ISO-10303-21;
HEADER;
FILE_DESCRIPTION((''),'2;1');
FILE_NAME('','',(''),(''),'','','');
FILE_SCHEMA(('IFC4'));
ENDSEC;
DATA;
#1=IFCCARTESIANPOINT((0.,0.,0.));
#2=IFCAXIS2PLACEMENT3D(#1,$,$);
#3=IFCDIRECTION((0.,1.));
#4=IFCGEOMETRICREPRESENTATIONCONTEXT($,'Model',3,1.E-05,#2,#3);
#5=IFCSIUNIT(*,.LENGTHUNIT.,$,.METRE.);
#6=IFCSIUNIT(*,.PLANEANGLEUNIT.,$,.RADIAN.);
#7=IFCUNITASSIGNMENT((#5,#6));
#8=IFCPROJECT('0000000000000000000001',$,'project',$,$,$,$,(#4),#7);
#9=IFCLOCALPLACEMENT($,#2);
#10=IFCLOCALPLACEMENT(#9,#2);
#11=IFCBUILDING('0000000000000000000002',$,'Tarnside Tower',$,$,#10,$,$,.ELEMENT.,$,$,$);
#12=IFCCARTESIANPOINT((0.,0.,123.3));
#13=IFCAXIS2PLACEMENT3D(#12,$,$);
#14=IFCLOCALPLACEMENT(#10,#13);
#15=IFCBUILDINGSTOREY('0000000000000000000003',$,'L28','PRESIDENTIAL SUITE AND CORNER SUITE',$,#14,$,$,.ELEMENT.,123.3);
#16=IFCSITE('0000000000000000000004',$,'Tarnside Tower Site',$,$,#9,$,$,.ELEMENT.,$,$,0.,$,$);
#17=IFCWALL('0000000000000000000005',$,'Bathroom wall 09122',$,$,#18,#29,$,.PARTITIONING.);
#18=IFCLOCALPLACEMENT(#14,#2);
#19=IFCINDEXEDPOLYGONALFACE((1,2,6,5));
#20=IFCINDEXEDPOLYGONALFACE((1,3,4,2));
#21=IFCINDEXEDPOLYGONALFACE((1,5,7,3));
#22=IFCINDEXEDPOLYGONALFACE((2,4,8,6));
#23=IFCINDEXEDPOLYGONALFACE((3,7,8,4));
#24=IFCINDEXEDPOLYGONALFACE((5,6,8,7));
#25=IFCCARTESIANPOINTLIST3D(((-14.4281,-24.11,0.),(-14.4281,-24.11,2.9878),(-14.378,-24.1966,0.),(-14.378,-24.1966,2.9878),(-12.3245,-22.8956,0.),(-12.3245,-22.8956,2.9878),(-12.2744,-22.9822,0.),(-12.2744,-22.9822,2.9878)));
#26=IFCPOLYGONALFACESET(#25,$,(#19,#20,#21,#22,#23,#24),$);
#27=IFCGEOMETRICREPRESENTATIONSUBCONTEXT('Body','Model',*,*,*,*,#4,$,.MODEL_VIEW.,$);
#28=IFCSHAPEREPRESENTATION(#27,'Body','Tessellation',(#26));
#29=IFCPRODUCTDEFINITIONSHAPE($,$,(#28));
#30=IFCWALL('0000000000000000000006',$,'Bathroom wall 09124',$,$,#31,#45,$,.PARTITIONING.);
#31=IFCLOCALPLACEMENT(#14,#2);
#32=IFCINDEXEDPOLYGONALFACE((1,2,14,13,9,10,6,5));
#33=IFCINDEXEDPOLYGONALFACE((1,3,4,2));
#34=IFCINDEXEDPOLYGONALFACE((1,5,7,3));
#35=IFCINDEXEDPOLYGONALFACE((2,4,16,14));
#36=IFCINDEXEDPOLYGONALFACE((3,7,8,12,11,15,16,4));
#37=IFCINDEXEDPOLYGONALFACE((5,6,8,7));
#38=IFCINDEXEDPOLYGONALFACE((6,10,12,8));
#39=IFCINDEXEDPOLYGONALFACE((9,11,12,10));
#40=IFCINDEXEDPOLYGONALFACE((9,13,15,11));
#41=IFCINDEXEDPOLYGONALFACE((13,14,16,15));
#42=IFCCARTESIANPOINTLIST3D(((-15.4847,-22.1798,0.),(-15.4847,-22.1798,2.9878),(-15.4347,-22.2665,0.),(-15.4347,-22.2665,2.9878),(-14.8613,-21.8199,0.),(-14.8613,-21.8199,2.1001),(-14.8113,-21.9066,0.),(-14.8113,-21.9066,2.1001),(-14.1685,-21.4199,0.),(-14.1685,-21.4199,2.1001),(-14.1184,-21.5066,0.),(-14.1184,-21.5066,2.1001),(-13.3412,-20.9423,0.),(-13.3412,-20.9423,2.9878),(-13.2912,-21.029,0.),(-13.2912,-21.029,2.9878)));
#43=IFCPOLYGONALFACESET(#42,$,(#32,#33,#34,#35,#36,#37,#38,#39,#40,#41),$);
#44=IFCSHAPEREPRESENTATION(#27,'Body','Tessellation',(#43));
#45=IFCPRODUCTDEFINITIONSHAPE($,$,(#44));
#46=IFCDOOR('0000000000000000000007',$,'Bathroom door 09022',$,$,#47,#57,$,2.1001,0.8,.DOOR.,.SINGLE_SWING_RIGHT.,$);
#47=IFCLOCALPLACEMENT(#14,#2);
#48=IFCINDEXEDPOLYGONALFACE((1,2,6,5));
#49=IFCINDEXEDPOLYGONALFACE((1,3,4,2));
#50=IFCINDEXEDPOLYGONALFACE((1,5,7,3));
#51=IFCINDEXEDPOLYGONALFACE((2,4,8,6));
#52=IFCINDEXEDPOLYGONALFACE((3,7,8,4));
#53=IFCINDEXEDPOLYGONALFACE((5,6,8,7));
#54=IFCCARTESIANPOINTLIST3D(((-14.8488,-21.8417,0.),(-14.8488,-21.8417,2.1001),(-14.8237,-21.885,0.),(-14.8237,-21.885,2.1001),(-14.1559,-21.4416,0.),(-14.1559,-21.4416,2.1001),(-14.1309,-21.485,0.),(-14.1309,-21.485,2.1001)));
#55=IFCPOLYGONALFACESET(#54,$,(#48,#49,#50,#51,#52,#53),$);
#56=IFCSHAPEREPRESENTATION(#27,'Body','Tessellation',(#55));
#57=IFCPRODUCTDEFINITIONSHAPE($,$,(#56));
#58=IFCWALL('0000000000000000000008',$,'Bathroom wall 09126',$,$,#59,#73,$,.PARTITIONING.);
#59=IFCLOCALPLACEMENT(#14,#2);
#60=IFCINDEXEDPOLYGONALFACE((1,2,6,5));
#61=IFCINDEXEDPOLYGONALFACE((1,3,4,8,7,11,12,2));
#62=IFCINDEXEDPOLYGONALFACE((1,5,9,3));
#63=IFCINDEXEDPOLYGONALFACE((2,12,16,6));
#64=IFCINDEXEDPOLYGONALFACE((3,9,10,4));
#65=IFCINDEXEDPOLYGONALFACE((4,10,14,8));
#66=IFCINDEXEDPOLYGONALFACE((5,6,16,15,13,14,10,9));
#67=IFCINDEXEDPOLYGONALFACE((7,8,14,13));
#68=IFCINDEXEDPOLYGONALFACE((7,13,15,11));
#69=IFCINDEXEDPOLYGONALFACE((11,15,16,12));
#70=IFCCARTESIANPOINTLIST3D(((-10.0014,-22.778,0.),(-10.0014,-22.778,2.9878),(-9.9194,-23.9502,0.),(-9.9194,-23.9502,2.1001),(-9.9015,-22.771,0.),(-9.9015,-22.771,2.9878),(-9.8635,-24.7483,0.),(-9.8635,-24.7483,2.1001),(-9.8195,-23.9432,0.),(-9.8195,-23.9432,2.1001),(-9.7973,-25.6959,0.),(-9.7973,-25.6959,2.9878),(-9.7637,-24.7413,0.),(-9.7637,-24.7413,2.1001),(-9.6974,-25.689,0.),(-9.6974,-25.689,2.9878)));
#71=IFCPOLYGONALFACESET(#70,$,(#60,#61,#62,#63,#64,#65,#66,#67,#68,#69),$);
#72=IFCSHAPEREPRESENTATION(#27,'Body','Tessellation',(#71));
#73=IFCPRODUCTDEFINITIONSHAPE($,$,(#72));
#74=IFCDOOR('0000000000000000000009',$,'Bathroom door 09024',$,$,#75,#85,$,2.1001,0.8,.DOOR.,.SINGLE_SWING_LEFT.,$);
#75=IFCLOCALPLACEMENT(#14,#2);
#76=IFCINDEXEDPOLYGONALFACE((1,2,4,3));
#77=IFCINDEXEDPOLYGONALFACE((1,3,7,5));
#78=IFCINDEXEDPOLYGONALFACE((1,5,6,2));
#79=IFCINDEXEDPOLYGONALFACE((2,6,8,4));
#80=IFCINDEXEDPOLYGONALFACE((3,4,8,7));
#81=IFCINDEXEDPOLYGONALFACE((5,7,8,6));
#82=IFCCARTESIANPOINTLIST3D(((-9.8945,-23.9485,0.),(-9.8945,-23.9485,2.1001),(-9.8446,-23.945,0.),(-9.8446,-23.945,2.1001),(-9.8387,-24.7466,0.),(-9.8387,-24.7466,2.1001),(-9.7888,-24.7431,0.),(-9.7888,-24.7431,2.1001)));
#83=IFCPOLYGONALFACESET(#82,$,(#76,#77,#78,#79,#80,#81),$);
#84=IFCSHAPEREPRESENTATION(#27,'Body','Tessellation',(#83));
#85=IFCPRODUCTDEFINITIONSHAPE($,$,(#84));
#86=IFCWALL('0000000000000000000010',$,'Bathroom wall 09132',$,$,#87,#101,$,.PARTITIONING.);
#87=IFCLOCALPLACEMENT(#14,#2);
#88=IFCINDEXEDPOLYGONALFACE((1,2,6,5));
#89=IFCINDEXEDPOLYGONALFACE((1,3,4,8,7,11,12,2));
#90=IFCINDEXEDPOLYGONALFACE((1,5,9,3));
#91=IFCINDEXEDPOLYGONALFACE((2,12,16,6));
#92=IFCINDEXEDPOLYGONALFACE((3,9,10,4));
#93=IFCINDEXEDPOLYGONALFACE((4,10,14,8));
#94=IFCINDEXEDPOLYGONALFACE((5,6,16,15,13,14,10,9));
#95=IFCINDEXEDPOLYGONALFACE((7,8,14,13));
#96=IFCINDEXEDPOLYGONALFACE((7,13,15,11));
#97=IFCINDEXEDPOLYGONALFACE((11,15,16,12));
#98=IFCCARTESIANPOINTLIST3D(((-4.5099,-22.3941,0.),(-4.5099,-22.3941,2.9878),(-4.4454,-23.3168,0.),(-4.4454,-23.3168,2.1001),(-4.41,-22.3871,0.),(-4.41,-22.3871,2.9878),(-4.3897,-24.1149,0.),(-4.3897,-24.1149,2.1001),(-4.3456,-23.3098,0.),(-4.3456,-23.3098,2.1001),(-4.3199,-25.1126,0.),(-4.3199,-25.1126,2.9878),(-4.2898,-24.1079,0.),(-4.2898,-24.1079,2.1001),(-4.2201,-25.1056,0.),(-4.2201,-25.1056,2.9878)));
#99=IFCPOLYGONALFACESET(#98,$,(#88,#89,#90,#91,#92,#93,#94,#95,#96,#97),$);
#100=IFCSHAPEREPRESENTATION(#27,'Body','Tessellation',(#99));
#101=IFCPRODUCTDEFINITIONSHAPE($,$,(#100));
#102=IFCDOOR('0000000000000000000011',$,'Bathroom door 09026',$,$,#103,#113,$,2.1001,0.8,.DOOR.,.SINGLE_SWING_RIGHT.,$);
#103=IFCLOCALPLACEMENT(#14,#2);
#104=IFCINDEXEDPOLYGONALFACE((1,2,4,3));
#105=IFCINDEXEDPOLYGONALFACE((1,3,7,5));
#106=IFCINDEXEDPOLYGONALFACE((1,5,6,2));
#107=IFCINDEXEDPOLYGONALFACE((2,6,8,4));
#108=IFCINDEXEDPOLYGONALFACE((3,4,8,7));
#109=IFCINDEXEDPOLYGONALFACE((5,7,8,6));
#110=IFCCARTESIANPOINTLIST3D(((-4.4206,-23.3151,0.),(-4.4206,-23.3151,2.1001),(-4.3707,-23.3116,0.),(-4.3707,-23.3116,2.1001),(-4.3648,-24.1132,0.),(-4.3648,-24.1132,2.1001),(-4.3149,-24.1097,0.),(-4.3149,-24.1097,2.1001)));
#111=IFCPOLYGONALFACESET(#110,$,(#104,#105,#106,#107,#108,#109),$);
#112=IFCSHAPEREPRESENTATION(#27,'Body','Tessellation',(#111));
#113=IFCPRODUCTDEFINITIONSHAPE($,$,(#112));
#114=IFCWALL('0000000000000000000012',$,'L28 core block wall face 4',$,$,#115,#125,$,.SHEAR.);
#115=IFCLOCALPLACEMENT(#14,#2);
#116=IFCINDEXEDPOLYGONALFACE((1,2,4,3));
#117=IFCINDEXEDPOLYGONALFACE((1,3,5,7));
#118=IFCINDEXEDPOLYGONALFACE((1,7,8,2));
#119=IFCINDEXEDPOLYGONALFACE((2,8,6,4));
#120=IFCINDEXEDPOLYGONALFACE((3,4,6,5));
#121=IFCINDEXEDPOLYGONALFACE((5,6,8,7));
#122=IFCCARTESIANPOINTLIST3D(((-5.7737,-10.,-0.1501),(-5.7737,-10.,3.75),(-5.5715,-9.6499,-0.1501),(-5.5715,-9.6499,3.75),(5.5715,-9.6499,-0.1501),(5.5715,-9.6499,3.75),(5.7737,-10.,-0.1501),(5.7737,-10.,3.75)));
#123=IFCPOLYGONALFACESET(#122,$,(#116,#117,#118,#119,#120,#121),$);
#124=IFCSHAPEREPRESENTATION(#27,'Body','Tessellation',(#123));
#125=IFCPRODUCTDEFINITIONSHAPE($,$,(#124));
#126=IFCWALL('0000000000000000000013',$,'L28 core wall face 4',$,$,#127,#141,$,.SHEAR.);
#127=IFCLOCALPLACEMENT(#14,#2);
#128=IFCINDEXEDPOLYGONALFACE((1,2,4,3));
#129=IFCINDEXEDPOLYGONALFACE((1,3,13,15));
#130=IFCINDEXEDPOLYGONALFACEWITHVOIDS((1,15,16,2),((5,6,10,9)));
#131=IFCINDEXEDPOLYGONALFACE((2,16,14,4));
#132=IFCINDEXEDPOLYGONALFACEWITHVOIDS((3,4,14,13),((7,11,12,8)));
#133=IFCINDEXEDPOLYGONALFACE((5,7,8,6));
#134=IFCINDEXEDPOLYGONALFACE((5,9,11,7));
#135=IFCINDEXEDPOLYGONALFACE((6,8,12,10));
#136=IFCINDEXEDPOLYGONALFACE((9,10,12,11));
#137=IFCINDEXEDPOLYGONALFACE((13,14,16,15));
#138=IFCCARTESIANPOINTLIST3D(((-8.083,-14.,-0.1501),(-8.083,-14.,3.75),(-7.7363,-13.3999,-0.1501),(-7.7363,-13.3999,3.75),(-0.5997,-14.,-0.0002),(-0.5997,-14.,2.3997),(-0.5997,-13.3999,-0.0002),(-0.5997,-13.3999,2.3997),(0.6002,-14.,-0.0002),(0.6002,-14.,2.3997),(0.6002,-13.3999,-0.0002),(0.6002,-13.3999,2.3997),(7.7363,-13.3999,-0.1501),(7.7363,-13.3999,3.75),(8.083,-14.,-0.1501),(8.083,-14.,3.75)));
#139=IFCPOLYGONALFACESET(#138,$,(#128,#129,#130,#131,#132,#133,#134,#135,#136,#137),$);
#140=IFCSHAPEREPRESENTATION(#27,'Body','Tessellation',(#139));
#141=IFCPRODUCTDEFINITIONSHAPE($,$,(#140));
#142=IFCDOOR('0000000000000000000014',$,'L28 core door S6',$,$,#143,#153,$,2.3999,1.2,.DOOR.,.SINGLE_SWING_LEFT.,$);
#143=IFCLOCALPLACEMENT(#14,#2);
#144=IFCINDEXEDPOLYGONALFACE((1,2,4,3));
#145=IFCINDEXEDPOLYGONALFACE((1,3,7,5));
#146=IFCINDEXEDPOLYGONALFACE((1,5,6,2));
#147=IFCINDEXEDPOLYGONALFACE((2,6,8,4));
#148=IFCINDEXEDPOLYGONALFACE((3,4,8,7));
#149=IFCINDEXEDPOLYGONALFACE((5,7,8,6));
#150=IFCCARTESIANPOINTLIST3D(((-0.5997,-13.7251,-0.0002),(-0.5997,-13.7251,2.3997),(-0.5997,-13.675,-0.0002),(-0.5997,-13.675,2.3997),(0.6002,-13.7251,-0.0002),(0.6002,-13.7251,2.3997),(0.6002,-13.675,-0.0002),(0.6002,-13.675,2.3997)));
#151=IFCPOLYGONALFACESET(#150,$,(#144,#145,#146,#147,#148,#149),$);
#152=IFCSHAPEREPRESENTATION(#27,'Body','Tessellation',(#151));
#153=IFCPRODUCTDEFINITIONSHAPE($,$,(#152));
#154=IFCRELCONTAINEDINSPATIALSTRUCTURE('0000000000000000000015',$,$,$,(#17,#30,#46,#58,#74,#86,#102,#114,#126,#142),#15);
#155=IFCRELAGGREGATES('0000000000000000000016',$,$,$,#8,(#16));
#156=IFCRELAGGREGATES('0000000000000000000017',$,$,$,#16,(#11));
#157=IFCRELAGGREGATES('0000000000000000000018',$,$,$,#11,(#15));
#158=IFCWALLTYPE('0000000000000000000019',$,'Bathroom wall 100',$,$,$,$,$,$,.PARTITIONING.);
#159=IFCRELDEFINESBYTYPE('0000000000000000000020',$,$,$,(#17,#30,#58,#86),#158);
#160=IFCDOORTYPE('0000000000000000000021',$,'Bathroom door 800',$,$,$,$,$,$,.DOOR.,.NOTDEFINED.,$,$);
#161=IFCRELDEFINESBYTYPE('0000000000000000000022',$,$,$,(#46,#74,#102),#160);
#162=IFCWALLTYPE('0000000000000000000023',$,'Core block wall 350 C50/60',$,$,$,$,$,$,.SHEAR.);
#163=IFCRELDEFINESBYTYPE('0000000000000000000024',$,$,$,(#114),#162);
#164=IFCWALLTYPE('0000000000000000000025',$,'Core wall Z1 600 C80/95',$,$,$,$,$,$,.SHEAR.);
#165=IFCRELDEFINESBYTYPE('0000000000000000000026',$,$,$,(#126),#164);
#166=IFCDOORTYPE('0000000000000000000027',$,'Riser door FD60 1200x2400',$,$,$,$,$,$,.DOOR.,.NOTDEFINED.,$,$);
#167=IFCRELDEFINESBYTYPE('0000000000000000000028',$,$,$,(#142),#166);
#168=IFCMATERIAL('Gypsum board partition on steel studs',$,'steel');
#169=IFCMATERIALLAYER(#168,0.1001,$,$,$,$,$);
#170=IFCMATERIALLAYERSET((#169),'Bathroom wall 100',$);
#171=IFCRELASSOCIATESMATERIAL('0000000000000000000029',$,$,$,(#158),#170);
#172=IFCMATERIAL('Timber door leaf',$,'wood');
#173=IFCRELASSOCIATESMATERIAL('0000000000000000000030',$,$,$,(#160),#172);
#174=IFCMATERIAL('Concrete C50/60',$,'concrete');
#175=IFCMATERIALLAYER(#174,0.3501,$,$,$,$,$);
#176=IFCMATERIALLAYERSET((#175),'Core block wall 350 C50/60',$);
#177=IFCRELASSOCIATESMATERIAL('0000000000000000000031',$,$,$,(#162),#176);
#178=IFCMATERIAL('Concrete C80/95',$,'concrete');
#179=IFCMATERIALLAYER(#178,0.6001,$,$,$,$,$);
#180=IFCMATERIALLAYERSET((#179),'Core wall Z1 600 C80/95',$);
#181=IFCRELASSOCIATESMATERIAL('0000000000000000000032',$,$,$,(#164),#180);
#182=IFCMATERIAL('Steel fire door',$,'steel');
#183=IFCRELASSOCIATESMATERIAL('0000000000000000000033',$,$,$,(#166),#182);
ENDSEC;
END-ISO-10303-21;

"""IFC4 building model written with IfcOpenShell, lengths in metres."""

from ifc_helpers import new_model, si_unit, direction, frame, frame_2d, origin, place, context, subcontext, project, spatial, polyline, rectangle, outline, extrude, material, layer, layer_set, type_object, element, fill, save


model = new_model("IFC4")

# Units and contexts
model_context = context("Model", 3, precision=1e-05, world=origin(), true_north=direction((0.0, 1.0)))
body_context = subcontext(model_context, "Body", "Model", "MODEL_VIEW")
ifc_project = project(units=[si_unit("LENGTHUNIT", "METRE"), si_unit("PLANEANGLEUNIT", "RADIAN")], contexts=[model_context])

# Site, building, storey
site_placement = place(None, origin())
site = spatial("IfcSite", under=ifc_project, at=site_placement, Name="Tarnside Tower Site", CompositionType="ELEMENT", RefElevation=0.0)
building_placement = place(site_placement, origin())
building = spatial("IfcBuilding", under=site, at=building_placement, Name="Tarnside Tower", CompositionType="ELEMENT")
storey_placement = place(building_placement, frame((0.0, 0.0, 123.3)))
storey = spatial("IfcBuildingStorey", under=building, at=storey_placement, Name="L28", Description="PRESIDENTIAL SUITE AND CORNER SUITE", CompositionType="ELEMENT", Elevation=123.3)

# Wall
ifc_material_1 = material(Name="Gypsum board partition on steel studs", Category="steel")
ifc_layer_1 = layer(ifc_material_1, 0.1001)
ifc_layer_set_1 = layer_set([ifc_layer_1], Name="Bathroom wall 100")
wall_type_1 = type_object("IfcWallType", Name="Bathroom wall 100", PredefinedType="PARTITIONING", material=ifc_layer_set_1)
wall_1_placement = place(storey_placement, frame((-12.2996, -22.939, 0.0), z_axis=(0.0, 0.0, 1.0), x_axis=(-0.866045, -0.499966, 0.0)))
element("IfcWall", 1, at=wall_1_placement, inside=storey, type_object=wall_type_1, Name="Bathroom wall 09122", PredefinedType="PARTITIONING", context=body_context, shape_type="SweptSolid", body=[
    extrude(rectangle(XDim=2.429, YDim=0.1001, at=frame_2d((1.2144, 0.0))), origin(), (0.0, 0.0, 1.0), 2.9878),
])

# Walls, openings, doors
wall_2_placement = place(storey_placement, frame((-15.4597, -22.2231, 0.0), z_axis=(0.0, 0.0, 1.0), x_axis=(0.866031, 0.49999, 0.0)))
wall_2 = element("IfcWall", 2, at=wall_2_placement, inside=storey, type_object=wall_type_1, Name="Bathroom wall 09124", PredefinedType="PARTITIONING", context=body_context, shape_type="SweptSolid", body=[
    extrude(rectangle(XDim=2.4751, YDim=0.1001, at=frame_2d((1.2375, 0.0))), origin(), (0.0, 0.0, 1.0), 2.9878),
])
opening_1_placement = place(wall_2_placement, frame((0.72, 0.0, 0.0)))
opening_1 = element("IfcOpeningElement", 3, at=opening_1_placement, cuts=wall_2, PredefinedType="OPENING", context=body_context, shape_type="SweptSolid", body=[
    extrude(rectangle(XDim=0.8, YDim=2.1001, at=frame_2d((0.3999, 1.05))), frame((0.0, 0.0601, 0.0), z_axis=(0.0, -1.0, 0.0), x_axis=(1.0, 0.0, 0.0)), (0.0, 0.0, 1.0), 0.1201),
])
ifc_material_2 = material(Name="Timber door leaf", Category="wood")
door_type_1 = type_object("IfcDoorType", Name="Bathroom door 800", OperationType="NOTDEFINED", PredefinedType="DOOR", material=ifc_material_2)
door_1_placement = place(opening_1_placement, origin())
door_1 = element("IfcDoor", 4, at=door_1_placement, inside=storey, type_object=door_type_1, Name="Bathroom door 09022", OperationType="SINGLE_SWING_RIGHT", OverallHeight=2.1001, OverallWidth=0.8, PredefinedType="DOOR", context=body_context, shape_type="SweptSolid", body=[
    extrude(rectangle(XDim=0.8, YDim=2.1001, at=frame_2d((0.3999, 1.05))), frame((0.0, 0.0249, 0.0), z_axis=(0.0, -1.0, 0.0), x_axis=(1.0, 0.0, 0.0)), (0.0, 0.0, 1.0), 0.05),
])
fill(opening_1, door_1)
wall_3_placement = place(storey_placement, frame((-9.9514, -22.7747, 0.0), z_axis=(0.0, 0.0, 1.0), x_axis=(0.069776, -0.997563, 0.0)))
wall_3 = element("IfcWall", 5, at=wall_3_placement, inside=storey, type_object=wall_type_1, Name="Bathroom wall 09126", PredefinedType="PARTITIONING", context=body_context, shape_type="SweptSolid", body=[
    extrude(rectangle(XDim=2.925, YDim=0.1001, at=frame_2d((1.4624, 0.0))), origin(), (0.0, 0.0, 1.0), 2.9878),
])
opening_2_placement = place(wall_3_placement, frame((1.175, 0.0, 0.0)))
opening_2 = element("IfcOpeningElement", 6, at=opening_2_placement, cuts=wall_3, PredefinedType="OPENING", context=body_context, shape_type="SweptSolid", body=[
    extrude(rectangle(XDim=0.8, YDim=2.1001, at=frame_2d((0.3999, 1.05))), frame((0.0, 0.0601, 0.0), z_axis=(0.0, -1.0, 0.0), x_axis=(1.0, 0.0, 0.0)), (0.0, 0.0, 1.0), 0.1201),
])
door_2_placement = place(opening_2_placement, origin())
door_2 = element("IfcDoor", 7, at=door_2_placement, inside=storey, type_object=door_type_1, Name="Bathroom door 09024", OperationType="SINGLE_SWING_LEFT", OverallHeight=2.1001, OverallWidth=0.8, PredefinedType="DOOR", context=body_context, shape_type="SweptSolid", body=[
    extrude(rectangle(XDim=0.8, YDim=2.1001, at=frame_2d((0.3999, 1.05))), frame((0.0, 0.0249, 0.0), z_axis=(0.0, -1.0, 0.0), x_axis=(1.0, 0.0, 0.0)), (0.0, 0.0, 1.0), 0.05),
])
fill(opening_2, door_2)
wall_4_placement = place(storey_placement, frame((-4.46, -22.3906, 0.0), z_axis=(0.0, 0.0, 1.0), x_axis=(0.0697, -0.997568, 0.0)))
wall_4 = element("IfcWall", 8, at=wall_4_placement, inside=storey, type_object=wall_type_1, Name="Bathroom wall 09132", PredefinedType="PARTITIONING", context=body_context, shape_type="SweptSolid", body=[
    extrude(rectangle(XDim=2.7251, YDim=0.1001, at=frame_2d((1.3625, 0.0))), origin(), (0.0, 0.0, 1.0), 2.9878),
])
opening_3_placement = place(wall_4_placement, frame((0.925, 0.0, 0.0)))
opening_3 = element("IfcOpeningElement", 9, at=opening_3_placement, cuts=wall_4, PredefinedType="OPENING", context=body_context, shape_type="SweptSolid", body=[
    extrude(rectangle(XDim=0.8, YDim=2.1001, at=frame_2d((0.3999, 1.05))), frame((0.0, 0.0601, 0.0), z_axis=(0.0, -1.0, 0.0), x_axis=(1.0, 0.0, 0.0)), (0.0, 0.0, 1.0), 0.1201),
])
door_3_placement = place(opening_3_placement, origin())
door_3 = element("IfcDoor", 10, at=door_3_placement, inside=storey, type_object=door_type_1, Name="Bathroom door 09026", OperationType="SINGLE_SWING_RIGHT", OverallHeight=2.1001, OverallWidth=0.8, PredefinedType="DOOR", context=body_context, shape_type="SweptSolid", body=[
    extrude(rectangle(XDim=0.8, YDim=2.1001, at=frame_2d((0.3999, 1.05))), frame((0.0, 0.0249, 0.0), z_axis=(0.0, -1.0, 0.0), x_axis=(1.0, 0.0, 0.0)), (0.0, 0.0, 1.0), 0.05),
])
fill(opening_3, door_3)

# Wall
ifc_material_3 = material(Name="Concrete C50/60", Category="concrete")
ifc_layer_2 = layer(ifc_material_3, 0.3501)
ifc_layer_set_2 = layer_set([ifc_layer_2], Name="Core block wall 350 C50/60")
wall_type_2 = type_object("IfcWallType", Name="Core block wall 350 C50/60", PredefinedType="SHEAR", material=ifc_layer_set_2)
wall_5_placement = place(storey_placement, frame((-5.6726, -9.825, -0.1501), z_axis=(0.0, 0.0, 1.0), x_axis=(1.0, 0.0, 0.0)))
element("IfcWall", 11, at=wall_5_placement, inside=storey, type_object=wall_type_2, Name="L28 core block wall face 4", PredefinedType="SHEAR", context=body_context, shape_type="SweptSolid", body=[
    extrude(outline(polyline([(-0.1011, -0.175), (11.4463, -0.175), (11.2441, 0.175), (0.1011, 0.175), (-0.1011, -0.175)])), origin(), (0.0, 0.0, 1.0), 3.9001),
])

# Wall, opening, door
ifc_material_4 = material(Name="Concrete C80/95", Category="concrete")
ifc_layer_3 = layer(ifc_material_4, 0.6001)
ifc_layer_set_3 = layer_set([ifc_layer_3], Name="Core wall Z1 600 C80/95")
wall_type_3 = type_object("IfcWallType", Name="Core wall Z1 600 C80/95", PredefinedType="SHEAR", material=ifc_layer_set_3)
wall_6_placement = place(storey_placement, frame((-7.9097, -13.7, -0.1501), z_axis=(0.0, 0.0, 1.0), x_axis=(1.0, 0.0, 0.0)))
wall_6 = element("IfcWall", 12, at=wall_6_placement, inside=storey, type_object=wall_type_3, Name="L28 core wall face 4", PredefinedType="SHEAR", context=body_context, shape_type="SweptSolid", body=[
    extrude(outline(polyline([(-0.1733, -0.3), (15.9927, -0.3), (15.646, 0.3), (0.1733, 0.3), (-0.1733, -0.3)])), origin(), (0.0, 0.0, 1.0), 3.9001),
])
opening_4_placement = place(wall_6_placement, frame((7.3098, 0.0, 0.1499)))
opening_4 = element("IfcOpeningElement", 13, at=opening_4_placement, cuts=wall_6, PredefinedType="OPENING", context=body_context, shape_type="SweptSolid", body=[
    extrude(rectangle(XDim=1.2, YDim=2.3999, at=frame_2d((0.6001, 1.2))), frame((0.0, 0.3101, 0.0), z_axis=(0.0, -1.0, 0.0), x_axis=(1.0, 0.0, 0.0)), (0.0, 0.0, 1.0), 0.6201),
])
ifc_material_5 = material(Name="Steel fire door", Category="steel")
door_type_2 = type_object("IfcDoorType", Name="Riser door FD60 1200x2400", OperationType="NOTDEFINED", PredefinedType="DOOR", material=ifc_material_5)
door_4_placement = place(opening_4_placement, origin())
door_4 = element("IfcDoor", 14, at=door_4_placement, inside=storey, type_object=door_type_2, Name="L28 core door S6", OperationType="SINGLE_SWING_LEFT", OverallHeight=2.3999, OverallWidth=1.2, PredefinedType="DOOR", context=body_context, shape_type="SweptSolid", body=[
    extrude(rectangle(XDim=1.2, YDim=2.3999, at=frame_2d((0.6001, 1.2))), frame((0.0, 0.0249, 0.0), z_axis=(0.0, -1.0, 0.0), x_axis=(1.0, 0.0, 0.0)), (0.0, 0.0, 1.0), 0.05),
])
fill(opening_4, door_4)

save(model, "model.ifc")
